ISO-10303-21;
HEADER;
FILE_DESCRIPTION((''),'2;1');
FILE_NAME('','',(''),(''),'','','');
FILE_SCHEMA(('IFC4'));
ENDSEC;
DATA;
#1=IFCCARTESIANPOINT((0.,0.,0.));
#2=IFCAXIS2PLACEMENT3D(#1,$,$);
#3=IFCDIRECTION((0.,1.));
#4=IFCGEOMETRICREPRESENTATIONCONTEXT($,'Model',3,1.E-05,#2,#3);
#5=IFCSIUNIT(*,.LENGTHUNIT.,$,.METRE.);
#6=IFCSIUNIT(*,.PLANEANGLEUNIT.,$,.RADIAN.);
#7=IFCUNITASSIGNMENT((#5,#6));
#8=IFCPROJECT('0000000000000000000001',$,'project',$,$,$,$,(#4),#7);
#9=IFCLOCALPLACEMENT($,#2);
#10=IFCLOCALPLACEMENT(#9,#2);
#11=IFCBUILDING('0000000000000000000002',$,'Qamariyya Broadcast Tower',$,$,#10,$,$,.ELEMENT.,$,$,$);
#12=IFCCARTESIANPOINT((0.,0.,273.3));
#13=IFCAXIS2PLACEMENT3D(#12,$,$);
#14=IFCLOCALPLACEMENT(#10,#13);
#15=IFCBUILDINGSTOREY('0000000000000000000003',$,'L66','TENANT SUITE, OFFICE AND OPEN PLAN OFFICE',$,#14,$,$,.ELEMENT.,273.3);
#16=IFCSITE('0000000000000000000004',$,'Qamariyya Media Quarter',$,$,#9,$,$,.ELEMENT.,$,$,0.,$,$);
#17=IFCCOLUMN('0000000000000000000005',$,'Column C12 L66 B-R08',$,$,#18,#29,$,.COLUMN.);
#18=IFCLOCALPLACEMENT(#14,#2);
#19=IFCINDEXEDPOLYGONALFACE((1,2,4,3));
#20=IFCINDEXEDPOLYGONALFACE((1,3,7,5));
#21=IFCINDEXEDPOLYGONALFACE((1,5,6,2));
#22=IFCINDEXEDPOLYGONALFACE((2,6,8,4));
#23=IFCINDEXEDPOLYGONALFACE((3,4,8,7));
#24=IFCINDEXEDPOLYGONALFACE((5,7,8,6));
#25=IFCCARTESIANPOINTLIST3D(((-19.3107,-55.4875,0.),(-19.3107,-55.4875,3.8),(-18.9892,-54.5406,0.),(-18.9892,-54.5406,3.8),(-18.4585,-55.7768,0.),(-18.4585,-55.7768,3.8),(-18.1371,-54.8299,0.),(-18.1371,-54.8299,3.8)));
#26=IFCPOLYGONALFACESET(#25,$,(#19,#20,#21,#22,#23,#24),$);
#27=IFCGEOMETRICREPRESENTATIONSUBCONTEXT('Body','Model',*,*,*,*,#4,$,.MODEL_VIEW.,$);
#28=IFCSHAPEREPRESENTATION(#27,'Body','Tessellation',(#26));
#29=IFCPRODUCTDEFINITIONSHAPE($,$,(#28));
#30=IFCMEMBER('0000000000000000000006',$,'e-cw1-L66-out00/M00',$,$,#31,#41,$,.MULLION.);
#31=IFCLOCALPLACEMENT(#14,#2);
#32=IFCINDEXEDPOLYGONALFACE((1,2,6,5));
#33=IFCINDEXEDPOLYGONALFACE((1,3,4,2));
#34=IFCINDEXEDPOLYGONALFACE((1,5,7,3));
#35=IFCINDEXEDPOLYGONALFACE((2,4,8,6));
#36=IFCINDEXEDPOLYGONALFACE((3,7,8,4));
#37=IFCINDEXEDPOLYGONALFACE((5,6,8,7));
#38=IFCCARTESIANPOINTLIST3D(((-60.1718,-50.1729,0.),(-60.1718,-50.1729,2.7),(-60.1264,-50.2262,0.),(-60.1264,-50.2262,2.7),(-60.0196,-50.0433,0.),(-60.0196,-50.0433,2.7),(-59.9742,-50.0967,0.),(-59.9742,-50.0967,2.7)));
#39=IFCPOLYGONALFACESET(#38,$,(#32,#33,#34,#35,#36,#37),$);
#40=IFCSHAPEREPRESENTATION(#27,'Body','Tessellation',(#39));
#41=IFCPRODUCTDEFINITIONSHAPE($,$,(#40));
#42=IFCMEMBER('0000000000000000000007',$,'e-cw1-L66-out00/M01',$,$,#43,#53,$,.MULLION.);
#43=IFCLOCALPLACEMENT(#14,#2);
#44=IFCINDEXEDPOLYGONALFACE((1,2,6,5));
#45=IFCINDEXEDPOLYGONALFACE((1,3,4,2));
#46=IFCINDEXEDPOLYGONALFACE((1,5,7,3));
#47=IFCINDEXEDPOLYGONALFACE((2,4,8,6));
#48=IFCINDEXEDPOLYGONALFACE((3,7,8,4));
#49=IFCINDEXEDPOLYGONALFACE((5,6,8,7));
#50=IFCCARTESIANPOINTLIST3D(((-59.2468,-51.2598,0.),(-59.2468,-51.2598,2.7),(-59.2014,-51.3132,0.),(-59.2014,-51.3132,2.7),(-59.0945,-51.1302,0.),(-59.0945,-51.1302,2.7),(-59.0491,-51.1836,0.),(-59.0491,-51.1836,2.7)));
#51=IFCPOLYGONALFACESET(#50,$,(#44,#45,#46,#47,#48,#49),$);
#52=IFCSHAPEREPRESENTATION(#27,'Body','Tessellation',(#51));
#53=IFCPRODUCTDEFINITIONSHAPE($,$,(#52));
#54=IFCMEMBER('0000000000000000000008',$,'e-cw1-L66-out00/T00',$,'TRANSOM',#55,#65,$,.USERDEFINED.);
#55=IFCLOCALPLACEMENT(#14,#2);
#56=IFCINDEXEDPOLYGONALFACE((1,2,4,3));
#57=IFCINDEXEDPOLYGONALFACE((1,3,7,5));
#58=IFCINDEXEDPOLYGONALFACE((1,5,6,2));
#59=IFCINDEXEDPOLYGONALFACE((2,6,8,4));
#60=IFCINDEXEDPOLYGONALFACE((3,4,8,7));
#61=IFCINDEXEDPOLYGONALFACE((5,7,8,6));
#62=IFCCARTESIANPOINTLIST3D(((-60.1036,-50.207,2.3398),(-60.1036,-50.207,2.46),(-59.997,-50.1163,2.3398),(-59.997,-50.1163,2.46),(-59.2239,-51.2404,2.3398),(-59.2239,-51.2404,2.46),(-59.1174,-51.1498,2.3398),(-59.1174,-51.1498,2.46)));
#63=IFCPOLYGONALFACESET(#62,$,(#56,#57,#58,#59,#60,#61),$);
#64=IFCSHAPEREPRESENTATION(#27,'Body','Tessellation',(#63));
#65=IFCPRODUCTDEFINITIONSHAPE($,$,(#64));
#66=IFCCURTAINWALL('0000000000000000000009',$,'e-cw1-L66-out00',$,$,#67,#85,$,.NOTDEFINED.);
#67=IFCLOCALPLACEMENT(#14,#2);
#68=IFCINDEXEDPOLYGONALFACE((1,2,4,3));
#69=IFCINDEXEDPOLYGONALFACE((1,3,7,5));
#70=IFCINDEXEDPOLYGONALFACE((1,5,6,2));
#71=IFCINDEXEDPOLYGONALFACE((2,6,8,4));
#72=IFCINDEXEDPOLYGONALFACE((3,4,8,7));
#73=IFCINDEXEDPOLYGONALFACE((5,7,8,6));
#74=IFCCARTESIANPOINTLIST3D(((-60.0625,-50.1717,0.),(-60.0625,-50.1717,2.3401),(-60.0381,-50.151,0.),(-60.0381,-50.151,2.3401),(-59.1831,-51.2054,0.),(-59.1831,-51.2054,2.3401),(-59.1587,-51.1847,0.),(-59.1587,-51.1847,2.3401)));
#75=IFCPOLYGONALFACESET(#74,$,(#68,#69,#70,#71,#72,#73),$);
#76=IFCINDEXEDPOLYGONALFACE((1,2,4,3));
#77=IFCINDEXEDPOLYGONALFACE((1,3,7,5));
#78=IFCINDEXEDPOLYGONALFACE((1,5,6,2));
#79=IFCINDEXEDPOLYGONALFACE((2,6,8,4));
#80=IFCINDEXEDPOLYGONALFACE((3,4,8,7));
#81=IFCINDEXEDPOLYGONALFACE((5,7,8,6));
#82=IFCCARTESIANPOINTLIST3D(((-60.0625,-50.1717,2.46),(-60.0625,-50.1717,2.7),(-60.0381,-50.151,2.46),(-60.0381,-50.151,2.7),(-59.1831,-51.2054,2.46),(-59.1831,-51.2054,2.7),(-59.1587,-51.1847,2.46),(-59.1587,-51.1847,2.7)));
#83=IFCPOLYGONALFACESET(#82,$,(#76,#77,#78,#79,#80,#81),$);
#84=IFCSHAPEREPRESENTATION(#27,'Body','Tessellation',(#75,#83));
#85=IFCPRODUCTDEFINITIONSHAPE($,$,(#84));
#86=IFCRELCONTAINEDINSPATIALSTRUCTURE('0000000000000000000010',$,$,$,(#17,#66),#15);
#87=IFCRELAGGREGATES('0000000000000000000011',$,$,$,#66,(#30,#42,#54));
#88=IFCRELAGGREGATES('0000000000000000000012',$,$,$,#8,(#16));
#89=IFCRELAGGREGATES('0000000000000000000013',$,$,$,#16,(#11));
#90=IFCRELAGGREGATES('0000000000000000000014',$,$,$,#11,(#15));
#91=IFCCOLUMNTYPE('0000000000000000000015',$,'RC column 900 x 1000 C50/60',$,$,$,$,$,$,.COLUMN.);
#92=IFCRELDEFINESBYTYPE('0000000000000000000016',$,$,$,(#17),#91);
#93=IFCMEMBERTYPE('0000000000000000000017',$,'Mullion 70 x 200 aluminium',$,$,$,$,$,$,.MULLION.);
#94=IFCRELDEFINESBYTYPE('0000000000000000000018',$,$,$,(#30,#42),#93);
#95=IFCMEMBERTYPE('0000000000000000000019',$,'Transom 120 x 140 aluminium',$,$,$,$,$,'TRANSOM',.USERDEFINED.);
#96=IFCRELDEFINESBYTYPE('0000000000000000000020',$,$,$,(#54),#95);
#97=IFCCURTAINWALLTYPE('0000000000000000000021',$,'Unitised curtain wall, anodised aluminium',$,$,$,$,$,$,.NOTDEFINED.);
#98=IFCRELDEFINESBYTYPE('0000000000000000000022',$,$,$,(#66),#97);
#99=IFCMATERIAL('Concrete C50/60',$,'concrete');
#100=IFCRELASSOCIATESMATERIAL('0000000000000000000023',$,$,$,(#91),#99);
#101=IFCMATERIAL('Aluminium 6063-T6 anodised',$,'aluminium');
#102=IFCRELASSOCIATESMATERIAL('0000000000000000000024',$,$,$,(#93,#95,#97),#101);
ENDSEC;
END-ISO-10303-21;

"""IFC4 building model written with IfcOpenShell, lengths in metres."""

from ifc_helpers import new_model, si_unit, direction, frame, origin, origin_2d, place, context, subcontext, project, spatial, rectangle, extrude, material, material_profile, profile_set, type_object, element, aggregate, save


model = new_model("IFC4")

# Units and contexts
model_context = context("Model", 3, precision=1e-05, world=origin(), true_north=direction((0.0, 1.0)))
body_context = subcontext(model_context, "Body", "Model", "MODEL_VIEW")
ifc_project = project(units=[si_unit("LENGTHUNIT", "METRE"), si_unit("PLANEANGLEUNIT", "RADIAN")], contexts=[model_context])

# Site, building, storey
site_placement = place(None, origin())
site = spatial("IfcSite", under=ifc_project, at=site_placement, Name="Qamariyya Media Quarter", CompositionType="ELEMENT", RefElevation=0.0)
building_placement = place(site_placement, origin())
building = spatial("IfcBuilding", under=site, at=building_placement, Name="Qamariyya Broadcast Tower", CompositionType="ELEMENT")
storey_placement = place(building_placement, frame((0.0, 0.0, 273.3)))
storey = spatial("IfcBuildingStorey", under=building, at=storey_placement, Name="L66", Description="TENANT SUITE, OFFICE AND OPEN PLAN OFFICE", CompositionType="ELEMENT", Elevation=273.3)

# Column
ifc_material_1 = material(Name="Concrete C50/60", Category="concrete")
ifc_material_profile_1 = material_profile(ifc_material_1, rectangle(XDim=0.8999, YDim=1.0, at=origin_2d()))
ifc_profile_set_1 = profile_set([ifc_material_profile_1], Name="Concrete C50/60")
column_type = type_object("IfcColumnType", Name="RC column 900 x 1000 C50/60", PredefinedType="COLUMN", material=ifc_profile_set_1)
column_placement = place(storey_placement, frame((-18.7239, -55.1587, 0.0), z_axis=(0.0, 0.0, 1.0), x_axis=(0.94693, -0.321439, 0.0)))
element("IfcColumn", 1, at=column_placement, inside=storey, type_object=column_type, Name="Column C12 L66 B-R08", PredefinedType="COLUMN", context=body_context, shape_type="SweptSolid", body=[
    extrude(rectangle(XDim=0.8999, YDim=1.0, at=origin_2d()), origin(), (0.0, 0.0, 1.0), 3.8),
])

# Members
ifc_material_2 = material(Name="Aluminium 6063-T6 anodised", Category="aluminium")
ifc_material_profile_2 = material_profile(ifc_material_2, rectangle(XDim=0.2, YDim=0.0701, at=origin_2d()))
ifc_profile_set_2 = profile_set([ifc_material_profile_2], Name="Aluminium 6063-T6 anodised")
member_type_1 = type_object("IfcMemberType", Name="Mullion 70 x 200 aluminium", PredefinedType="MULLION", material=ifc_profile_set_2)
member_1_placement = place(storey_placement, frame((-60.073, -50.1348, 0.0), z_axis=(0.0, 0.0, 1.0), x_axis=(0.76157, 0.648083, 0.0)))
member_1 = element("IfcMember", 2, at=member_1_placement, type_object=member_type_1, Name="e-cw1-L66-out00/M00", PredefinedType="MULLION", context=body_context, shape_type="SweptSolid", body=[
    extrude(rectangle(XDim=0.2, YDim=0.0701, at=origin_2d()), origin(), (0.0, 0.0, 1.0), 2.7),
])
member_2_placement = place(storey_placement, frame((-59.1479, -51.2217, 0.0), z_axis=(0.0, 0.0, 1.0), x_axis=(0.76157, 0.648083, 0.0)))
member_2 = element("IfcMember", 3, at=member_2_placement, type_object=member_type_1, Name="e-cw1-L66-out00/M01", PredefinedType="MULLION", context=body_context, shape_type="SweptSolid", body=[
    extrude(rectangle(XDim=0.2, YDim=0.0701, at=origin_2d()), origin(), (0.0, 0.0, 1.0), 2.7),
])

# Member
ifc_material_profile_3 = material_profile(ifc_material_2, rectangle(XDim=0.1399, YDim=0.1201, at=origin_2d()))
ifc_profile_set_3 = profile_set([ifc_material_profile_3], Name="Aluminium 6063-T6 anodised")
member_type_2 = type_object("IfcMemberType", Name="Transom 120 x 140 aluminium", ElementType="TRANSOM", PredefinedType="USERDEFINED", material=ifc_profile_set_3)
member_3_placement = place(storey_placement, frame((-60.0503, -50.1616, 2.3999), z_axis=(0.648165, -0.7615, 0.0), x_axis=(0.7615, 0.648165, 0.0)))
member_3 = element("IfcMember", 4, at=member_3_placement, type_object=member_type_2, Name="e-cw1-L66-out00/T00", ObjectType="TRANSOM", PredefinedType="USERDEFINED", context=body_context, shape_type="SweptSolid", body=[
    extrude(rectangle(XDim=0.1399, YDim=0.1201, at=origin_2d()), origin(), (0.0, 0.0, 1.0), 1.3572),
])

# Curtain wall
curtain_wall_type = type_object("IfcCurtainWallType", Name="Unitised curtain wall, anodised aluminium", PredefinedType="NOTDEFINED", material=ifc_material_2)
curtain_wall_1_placement = place(storey_placement, origin())
curtain_wall_1 = element("IfcCurtainWall", 5, at=curtain_wall_1_placement, inside=storey, type_object=curtain_wall_type, Name="e-cw1-L66-out00", PredefinedType="NOTDEFINED", context=body_context, shape_type="SweptSolid", body=[
    extrude(rectangle(XDim=1.3572, YDim=0.032, at=origin_2d()), frame((-59.6106, -50.6782, 0.0), x_axis=(0.647994, -0.761646, 0.0)), (0.0, 0.0, 1.0), 2.3401),
    extrude(rectangle(XDim=1.3572, YDim=0.032, at=origin_2d()), frame((-59.6106, -50.6782, 2.46), x_axis=(0.647994, -0.761646, 0.0)), (0.0, 0.0, 1.0), 0.24),
])
aggregate(curtain_wall_1, [member_1, member_2, member_3])

save(model, "model.ifc")
